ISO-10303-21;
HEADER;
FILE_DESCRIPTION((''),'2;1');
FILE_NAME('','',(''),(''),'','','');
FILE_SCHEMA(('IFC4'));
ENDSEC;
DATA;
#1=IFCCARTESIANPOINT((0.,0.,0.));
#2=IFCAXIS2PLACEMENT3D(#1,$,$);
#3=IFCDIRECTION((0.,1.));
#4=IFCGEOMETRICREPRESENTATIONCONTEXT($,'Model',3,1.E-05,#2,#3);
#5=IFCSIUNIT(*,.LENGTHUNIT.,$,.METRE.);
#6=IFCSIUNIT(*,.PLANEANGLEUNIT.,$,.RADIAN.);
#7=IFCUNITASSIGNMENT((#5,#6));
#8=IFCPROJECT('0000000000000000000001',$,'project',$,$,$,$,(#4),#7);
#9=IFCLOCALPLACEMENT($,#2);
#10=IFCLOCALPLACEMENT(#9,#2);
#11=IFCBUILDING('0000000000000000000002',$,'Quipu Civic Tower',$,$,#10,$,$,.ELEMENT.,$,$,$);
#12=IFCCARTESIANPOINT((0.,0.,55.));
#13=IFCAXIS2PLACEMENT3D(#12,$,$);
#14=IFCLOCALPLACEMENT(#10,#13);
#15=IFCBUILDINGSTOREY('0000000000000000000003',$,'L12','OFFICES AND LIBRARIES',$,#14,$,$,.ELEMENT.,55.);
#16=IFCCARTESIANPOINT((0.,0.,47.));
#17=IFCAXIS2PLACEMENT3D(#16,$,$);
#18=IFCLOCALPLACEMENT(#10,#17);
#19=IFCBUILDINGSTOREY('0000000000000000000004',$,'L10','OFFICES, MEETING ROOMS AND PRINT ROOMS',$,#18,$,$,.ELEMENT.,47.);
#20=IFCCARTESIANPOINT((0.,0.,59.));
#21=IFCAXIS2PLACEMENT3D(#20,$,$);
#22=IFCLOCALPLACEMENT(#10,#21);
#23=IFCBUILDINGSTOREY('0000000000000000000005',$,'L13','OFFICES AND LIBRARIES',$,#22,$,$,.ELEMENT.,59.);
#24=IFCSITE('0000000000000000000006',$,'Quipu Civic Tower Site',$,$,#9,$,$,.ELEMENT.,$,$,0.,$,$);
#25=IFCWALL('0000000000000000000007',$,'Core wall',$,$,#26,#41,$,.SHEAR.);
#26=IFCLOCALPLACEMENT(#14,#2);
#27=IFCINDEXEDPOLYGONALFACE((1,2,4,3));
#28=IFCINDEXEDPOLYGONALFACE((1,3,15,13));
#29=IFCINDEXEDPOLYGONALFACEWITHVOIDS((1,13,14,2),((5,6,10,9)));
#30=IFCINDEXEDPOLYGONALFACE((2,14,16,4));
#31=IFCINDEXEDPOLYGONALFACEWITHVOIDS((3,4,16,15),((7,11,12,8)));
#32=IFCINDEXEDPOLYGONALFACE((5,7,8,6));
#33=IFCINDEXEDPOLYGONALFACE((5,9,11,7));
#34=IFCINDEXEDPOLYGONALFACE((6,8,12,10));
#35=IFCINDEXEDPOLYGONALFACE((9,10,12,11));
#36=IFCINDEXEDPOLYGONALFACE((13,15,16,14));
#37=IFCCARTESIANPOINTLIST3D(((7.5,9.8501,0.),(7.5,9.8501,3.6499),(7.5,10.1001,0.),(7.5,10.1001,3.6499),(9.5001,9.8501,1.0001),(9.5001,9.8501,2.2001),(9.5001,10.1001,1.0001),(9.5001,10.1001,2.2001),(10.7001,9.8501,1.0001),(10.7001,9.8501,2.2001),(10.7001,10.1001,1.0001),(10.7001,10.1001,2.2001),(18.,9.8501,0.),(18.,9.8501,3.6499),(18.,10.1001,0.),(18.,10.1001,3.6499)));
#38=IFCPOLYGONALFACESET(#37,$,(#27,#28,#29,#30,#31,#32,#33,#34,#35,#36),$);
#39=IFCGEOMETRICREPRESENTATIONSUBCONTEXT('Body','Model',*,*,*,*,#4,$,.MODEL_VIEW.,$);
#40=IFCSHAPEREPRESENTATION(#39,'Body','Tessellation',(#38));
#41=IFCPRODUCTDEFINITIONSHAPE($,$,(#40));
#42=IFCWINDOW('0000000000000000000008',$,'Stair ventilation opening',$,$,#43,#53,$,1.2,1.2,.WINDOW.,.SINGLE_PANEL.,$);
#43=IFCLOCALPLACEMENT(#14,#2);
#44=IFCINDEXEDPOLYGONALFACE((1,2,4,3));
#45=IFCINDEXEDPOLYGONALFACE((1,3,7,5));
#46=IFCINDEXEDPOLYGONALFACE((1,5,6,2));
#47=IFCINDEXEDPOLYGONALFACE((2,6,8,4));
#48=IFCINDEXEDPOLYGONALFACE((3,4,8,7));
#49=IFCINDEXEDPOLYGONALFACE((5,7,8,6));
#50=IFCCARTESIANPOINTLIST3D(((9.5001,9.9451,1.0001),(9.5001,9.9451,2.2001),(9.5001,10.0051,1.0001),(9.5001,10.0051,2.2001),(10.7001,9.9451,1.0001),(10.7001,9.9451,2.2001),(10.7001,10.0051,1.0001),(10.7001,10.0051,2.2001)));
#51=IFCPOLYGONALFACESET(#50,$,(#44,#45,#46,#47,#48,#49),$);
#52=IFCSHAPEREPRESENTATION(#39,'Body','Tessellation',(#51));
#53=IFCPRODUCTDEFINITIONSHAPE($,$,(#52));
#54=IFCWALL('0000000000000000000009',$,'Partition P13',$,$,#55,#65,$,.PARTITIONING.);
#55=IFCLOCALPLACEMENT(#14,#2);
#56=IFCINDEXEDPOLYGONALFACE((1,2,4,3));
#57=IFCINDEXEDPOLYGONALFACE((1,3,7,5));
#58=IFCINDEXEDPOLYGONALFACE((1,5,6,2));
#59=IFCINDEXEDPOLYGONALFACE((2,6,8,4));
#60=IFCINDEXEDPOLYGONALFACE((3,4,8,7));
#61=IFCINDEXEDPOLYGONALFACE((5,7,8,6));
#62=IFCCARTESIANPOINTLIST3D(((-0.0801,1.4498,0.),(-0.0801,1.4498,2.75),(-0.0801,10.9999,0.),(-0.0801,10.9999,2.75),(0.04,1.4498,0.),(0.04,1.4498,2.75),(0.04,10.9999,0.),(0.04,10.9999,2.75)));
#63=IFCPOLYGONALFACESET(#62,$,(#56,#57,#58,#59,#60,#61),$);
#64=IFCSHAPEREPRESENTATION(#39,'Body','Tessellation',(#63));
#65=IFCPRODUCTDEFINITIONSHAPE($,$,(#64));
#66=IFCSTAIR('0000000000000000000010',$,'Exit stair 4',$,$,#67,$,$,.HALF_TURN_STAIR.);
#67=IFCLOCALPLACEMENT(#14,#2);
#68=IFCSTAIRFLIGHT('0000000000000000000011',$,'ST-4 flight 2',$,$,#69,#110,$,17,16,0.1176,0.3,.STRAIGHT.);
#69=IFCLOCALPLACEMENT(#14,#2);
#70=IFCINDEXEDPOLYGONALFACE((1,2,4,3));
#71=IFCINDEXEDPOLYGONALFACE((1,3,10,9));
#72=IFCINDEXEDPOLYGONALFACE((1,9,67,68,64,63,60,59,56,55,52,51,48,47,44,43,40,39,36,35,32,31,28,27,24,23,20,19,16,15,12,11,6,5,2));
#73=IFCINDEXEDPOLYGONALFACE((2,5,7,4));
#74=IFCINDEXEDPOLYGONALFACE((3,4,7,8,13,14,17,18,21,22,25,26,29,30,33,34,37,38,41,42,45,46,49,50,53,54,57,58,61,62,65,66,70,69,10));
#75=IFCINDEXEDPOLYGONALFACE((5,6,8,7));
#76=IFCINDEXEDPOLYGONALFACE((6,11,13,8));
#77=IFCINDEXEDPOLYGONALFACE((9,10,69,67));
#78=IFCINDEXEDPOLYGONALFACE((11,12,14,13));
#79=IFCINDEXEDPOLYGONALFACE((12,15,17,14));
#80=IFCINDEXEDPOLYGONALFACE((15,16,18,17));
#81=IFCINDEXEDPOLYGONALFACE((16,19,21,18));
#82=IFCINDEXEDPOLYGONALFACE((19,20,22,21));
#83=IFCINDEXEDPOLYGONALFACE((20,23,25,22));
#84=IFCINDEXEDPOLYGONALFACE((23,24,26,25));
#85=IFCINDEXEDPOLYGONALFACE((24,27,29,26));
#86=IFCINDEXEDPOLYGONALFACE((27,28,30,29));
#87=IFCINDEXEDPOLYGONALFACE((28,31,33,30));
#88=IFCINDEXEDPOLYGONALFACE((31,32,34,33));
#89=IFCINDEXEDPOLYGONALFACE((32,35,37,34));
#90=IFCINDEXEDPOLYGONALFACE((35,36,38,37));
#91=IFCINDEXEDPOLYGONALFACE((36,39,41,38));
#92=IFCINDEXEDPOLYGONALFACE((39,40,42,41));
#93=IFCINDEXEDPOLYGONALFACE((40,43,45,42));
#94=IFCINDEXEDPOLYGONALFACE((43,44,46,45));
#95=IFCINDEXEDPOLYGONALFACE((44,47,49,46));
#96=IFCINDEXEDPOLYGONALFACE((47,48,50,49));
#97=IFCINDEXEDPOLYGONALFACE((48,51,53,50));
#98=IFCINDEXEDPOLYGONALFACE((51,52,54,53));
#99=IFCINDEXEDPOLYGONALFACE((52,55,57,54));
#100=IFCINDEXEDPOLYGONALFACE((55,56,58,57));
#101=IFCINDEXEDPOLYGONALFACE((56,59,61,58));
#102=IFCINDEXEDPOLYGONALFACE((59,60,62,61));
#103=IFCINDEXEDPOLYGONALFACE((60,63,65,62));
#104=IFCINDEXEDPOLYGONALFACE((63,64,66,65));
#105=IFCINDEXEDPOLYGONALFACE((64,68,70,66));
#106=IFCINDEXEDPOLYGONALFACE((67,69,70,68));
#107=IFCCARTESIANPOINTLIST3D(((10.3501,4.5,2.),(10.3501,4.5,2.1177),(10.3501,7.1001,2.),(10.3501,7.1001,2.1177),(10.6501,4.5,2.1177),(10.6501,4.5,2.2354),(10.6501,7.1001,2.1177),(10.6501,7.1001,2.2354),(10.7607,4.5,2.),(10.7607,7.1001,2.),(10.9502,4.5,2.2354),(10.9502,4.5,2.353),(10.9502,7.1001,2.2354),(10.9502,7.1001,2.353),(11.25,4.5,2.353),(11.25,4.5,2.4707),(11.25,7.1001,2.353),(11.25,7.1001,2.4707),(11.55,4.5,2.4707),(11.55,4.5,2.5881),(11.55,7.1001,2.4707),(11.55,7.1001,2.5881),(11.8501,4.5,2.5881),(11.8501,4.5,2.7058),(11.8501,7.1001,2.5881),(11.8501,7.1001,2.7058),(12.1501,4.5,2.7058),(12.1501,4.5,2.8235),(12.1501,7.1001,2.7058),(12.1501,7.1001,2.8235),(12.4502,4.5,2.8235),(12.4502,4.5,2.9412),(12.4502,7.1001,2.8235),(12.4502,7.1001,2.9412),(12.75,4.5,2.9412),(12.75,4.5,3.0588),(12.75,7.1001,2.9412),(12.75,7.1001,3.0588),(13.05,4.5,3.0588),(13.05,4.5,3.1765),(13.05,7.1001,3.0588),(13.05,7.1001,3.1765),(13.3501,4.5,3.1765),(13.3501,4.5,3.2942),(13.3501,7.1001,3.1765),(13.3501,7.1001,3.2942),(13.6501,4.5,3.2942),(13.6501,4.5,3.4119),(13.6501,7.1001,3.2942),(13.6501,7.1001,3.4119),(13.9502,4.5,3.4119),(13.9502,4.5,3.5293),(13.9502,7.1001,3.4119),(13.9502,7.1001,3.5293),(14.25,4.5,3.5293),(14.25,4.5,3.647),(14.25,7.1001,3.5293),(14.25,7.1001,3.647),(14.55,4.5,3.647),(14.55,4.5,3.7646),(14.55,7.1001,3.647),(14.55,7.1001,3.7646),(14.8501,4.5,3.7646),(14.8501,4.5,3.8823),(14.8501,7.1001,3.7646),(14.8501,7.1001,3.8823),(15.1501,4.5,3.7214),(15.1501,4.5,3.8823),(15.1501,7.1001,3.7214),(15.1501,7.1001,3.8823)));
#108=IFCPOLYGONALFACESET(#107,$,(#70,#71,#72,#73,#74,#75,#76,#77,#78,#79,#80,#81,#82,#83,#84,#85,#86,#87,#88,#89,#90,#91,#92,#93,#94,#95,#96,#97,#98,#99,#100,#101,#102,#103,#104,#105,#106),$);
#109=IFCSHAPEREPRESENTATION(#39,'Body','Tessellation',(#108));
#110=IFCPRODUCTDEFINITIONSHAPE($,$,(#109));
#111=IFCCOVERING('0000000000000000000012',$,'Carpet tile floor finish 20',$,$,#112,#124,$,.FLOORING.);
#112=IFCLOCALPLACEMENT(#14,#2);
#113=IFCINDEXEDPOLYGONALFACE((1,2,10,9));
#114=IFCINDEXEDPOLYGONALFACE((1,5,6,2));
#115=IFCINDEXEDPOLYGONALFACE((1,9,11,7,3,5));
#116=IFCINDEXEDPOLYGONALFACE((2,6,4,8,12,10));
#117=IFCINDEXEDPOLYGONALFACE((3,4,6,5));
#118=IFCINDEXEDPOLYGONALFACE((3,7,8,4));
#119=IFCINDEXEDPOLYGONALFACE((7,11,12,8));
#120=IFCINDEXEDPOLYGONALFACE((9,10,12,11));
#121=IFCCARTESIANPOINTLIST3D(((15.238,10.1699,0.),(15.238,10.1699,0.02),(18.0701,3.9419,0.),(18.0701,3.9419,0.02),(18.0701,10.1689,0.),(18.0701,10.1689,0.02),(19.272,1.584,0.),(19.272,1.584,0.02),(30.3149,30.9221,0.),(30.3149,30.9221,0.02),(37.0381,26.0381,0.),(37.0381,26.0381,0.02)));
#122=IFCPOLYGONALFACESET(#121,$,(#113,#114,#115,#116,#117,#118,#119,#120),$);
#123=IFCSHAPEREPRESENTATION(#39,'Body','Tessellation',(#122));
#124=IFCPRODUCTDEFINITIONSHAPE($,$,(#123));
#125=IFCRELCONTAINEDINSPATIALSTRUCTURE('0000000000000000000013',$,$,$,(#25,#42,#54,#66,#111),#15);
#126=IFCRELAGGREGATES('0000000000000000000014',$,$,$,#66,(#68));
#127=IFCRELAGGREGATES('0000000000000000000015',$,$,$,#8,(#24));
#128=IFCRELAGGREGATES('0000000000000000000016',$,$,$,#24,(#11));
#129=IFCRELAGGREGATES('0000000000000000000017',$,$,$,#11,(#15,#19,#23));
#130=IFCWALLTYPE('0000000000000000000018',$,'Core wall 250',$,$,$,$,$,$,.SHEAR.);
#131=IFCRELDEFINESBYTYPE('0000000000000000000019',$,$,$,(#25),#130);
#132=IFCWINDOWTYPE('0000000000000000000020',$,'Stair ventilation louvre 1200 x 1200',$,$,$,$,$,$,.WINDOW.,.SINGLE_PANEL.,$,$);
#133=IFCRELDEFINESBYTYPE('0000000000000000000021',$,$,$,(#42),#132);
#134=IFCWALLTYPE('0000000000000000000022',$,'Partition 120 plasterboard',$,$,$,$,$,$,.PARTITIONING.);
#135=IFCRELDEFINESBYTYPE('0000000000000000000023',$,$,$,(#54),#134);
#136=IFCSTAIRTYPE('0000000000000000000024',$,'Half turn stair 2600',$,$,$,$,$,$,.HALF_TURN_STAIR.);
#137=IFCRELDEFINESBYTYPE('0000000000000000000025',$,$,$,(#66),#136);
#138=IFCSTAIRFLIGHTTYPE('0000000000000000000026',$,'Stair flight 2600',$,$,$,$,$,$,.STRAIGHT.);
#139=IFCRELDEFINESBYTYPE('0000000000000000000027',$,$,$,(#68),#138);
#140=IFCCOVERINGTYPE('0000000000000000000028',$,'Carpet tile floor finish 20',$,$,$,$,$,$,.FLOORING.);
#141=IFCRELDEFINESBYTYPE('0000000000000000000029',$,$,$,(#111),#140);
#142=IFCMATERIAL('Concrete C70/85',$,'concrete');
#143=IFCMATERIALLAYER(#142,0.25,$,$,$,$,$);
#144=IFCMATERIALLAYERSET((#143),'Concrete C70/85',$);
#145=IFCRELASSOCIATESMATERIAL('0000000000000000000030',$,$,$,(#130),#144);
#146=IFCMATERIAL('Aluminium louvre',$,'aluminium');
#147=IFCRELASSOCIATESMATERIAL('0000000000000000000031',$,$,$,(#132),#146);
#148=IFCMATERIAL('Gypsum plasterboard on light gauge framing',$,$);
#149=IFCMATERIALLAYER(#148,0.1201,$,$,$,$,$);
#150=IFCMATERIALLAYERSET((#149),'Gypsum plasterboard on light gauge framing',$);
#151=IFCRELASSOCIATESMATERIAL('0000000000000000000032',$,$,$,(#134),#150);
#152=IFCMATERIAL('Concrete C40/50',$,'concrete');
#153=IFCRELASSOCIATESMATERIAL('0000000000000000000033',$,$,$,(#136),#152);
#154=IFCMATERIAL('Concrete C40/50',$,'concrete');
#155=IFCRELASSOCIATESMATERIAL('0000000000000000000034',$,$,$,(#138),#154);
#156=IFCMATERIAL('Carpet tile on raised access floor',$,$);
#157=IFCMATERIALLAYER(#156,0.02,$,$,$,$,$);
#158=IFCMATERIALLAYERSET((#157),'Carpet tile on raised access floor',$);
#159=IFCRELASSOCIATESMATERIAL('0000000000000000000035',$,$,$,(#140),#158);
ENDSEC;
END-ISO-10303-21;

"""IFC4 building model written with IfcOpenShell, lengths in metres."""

from ifc_helpers import new_model, si_unit, direction, frame, frame_2d, origin, place, context, subcontext, project, spatial, polyline, rectangle, outline, extrude, material, layer, layer_set, type_object, element, fill, aggregate, save


model = new_model("IFC4")

# Units and contexts
model_context = context("Model", 3, precision=1e-05, world=origin(), true_north=direction((0.0, 1.0)))
body_context = subcontext(model_context, "Body", "Model", "MODEL_VIEW")
ifc_project = project(units=[si_unit("LENGTHUNIT", "METRE"), si_unit("PLANEANGLEUNIT", "RADIAN")], contexts=[model_context])

# Site, building, storey
site_placement = place(None, origin())
site = spatial("IfcSite", under=ifc_project, at=site_placement, Name="Quipu Civic Tower Site", CompositionType="ELEMENT", RefElevation=0.0)
building_placement = place(site_placement, origin())
building = spatial("IfcBuilding", under=site, at=building_placement, Name="Quipu Civic Tower", CompositionType="ELEMENT")
storey_1_placement = place(building_placement, frame((0.0, 0.0, 55.0)))
storey_1 = spatial("IfcBuildingStorey", under=building, at=storey_1_placement, Name="L12", Description="OFFICES AND LIBRARIES", CompositionType="ELEMENT", Elevation=55.0)

# Shared definitions
storey_2_placement = place(building_placement, frame((0.0, 0.0, 47.0)))
storey_2 = spatial("IfcBuildingStorey", under=building, at=storey_2_placement, Name="L10", Description="OFFICES, MEETING ROOMS AND PRINT ROOMS", CompositionType="ELEMENT", Elevation=47.0)

# Shared definitions
storey_3_placement = place(building_placement, frame((0.0, 0.0, 59.0)))
storey_3 = spatial("IfcBuildingStorey", under=building, at=storey_3_placement, Name="L13", Description="OFFICES AND LIBRARIES", CompositionType="ELEMENT", Elevation=59.0)

# Shared definitions
ifc_material_1 = material(Name="Concrete C70/85", Category="concrete")
ifc_layer_1 = layer(ifc_material_1, 0.25)
ifc_layer_set_1 = layer_set([ifc_layer_1], Name="Concrete C70/85")
wall_type_1 = type_object("IfcWallType", Name="Core wall 250", PredefinedType="SHEAR", material=ifc_layer_set_1)

# Wall, opening, window
wall_1_placement = place(storey_1_placement, frame((7.5, 9.9751, 0.0), z_axis=(0.0, 0.0, 1.0), x_axis=(1.0, 0.0, 0.0)))
wall_1 = element("IfcWall", 1, at=wall_1_placement, inside=storey_1, type_object=wall_type_1, Name="Core wall", PredefinedType="SHEAR", context=body_context, shape_type="SweptSolid", body=[
    extrude(rectangle(XDim=10.5, YDim=0.25, at=frame_2d((5.25, 0.0))), origin(), (0.0, 0.0, 1.0), 3.6499),
])
opening_1_placement = place(wall_1_placement, frame((2.0, 0.0, 1.0)))
opening_1 = element("IfcOpeningElement", 2, at=opening_1_placement, cuts=wall_1, PredefinedType="OPENING", context=body_context, shape_type="SweptSolid", body=[
    extrude(rectangle(XDim=1.2, YDim=1.2, at=frame_2d((0.6001, 0.6001))), frame((0.0, 0.135, 0.0), z_axis=(0.0, -1.0, 0.0), x_axis=(1.0, 0.0, 0.0)), (0.0, 0.0, 1.0), 0.27),
])
ifc_material_2 = material(Name="Aluminium louvre", Category="aluminium")
window_type = type_object("IfcWindowType", Name="Stair ventilation louvre 1200 x 1200", PartitioningType="SINGLE_PANEL", PredefinedType="WINDOW", material=ifc_material_2)
window_placement = place(opening_1_placement, origin())
window = element("IfcWindow", 3, at=window_placement, inside=storey_1, type_object=window_type, Name="Stair ventilation opening", OverallHeight=1.2, OverallWidth=1.2, PartitioningType="SINGLE_PANEL", PredefinedType="WINDOW", context=body_context, shape_type="SweptSolid", body=[
    extrude(rectangle(XDim=1.2, YDim=1.2, at=frame_2d((0.6001, 0.6001))), frame((0.0, 0.03, 0.0), z_axis=(0.0, -1.0, 0.0), x_axis=(1.0, 0.0, 0.0)), (0.0, 0.0, 1.0), 0.0601),
])
fill(opening_1, window)

# Wall
ifc_material_3 = material(Name="Gypsum plasterboard on light gauge framing")
ifc_layer_2 = layer(ifc_material_3, 0.1201)
ifc_layer_set_2 = layer_set([ifc_layer_2], Name="Gypsum plasterboard on light gauge framing")
wall_type_2 = type_object("IfcWallType", Name="Partition 120 plasterboard", PredefinedType="PARTITIONING", material=ifc_layer_set_2)
wall_2_placement = place(storey_1_placement, frame((-0.02, 1.45, 0.0), z_axis=(0.0, 0.0, 1.0), x_axis=(0.0, 1.0, 0.0)))
element("IfcWall", 4, at=wall_2_placement, inside=storey_1, type_object=wall_type_2, Name="Partition P13", PredefinedType="PARTITIONING", context=body_context, shape_type="SweptSolid", body=[
    extrude(rectangle(XDim=9.55, YDim=0.1201, at=frame_2d((4.7749, 0.0))), origin(), (0.0, 0.0, 1.0), 2.75),
])

# Stair, stair flight
ifc_material_4 = material(Name="Concrete C40/50", Category="concrete")
stair_type = type_object("IfcStairType", Name="Half turn stair 2600", PredefinedType="HALF_TURN_STAIR", material=ifc_material_4)
stair_placement = place(storey_1_placement, origin())
stair = element("IfcStair", 5, at=stair_placement, inside=storey_1, type_object=stair_type, Name="Exit stair 4", PredefinedType="HALF_TURN_STAIR")
ifc_material_5 = material(Name="Concrete C40/50", Category="concrete")
stair_flight_type = type_object("IfcStairFlightType", Name="Stair flight 2600", PredefinedType="STRAIGHT", material=ifc_material_5)
stair_flight_placement = place(storey_1_placement, frame((10.3501, 5.8, 2.0), z_axis=(0.0, 0.0, 1.0), x_axis=(1.0, 0.0, 0.0)))
stair_flight = element("IfcStairFlight", 6, at=stair_flight_placement, type_object=stair_flight_type, Name="ST-4 flight 2", NumberOfRisers=17, NumberOfTreads=16, PredefinedType="STRAIGHT", RiserHeight=0.1176, TreadLength=0.3, context=body_context, shape_type="SweptSolid", body=[
    extrude(outline(polyline([(0.0, 0.0), (0.0, 0.1177), (0.3, 0.1177), (0.3, 0.2354), (0.6001, 0.2354), (0.6001, 0.353), (0.8999, 0.353), (0.8999, 0.4707), (1.2, 0.4707), (1.2, 0.5881), (1.5, 0.5881), (1.5, 0.7058), (1.8, 0.7058), (1.8, 0.8235), (2.1001, 0.8235), (2.1001, 0.9412), (2.3999, 0.9412), (2.3999, 1.0588), (2.7, 1.0588), (2.7, 1.1765), (3.0, 1.1765), (3.0, 1.2942), (3.3, 1.2942), (3.3, 1.4119), (3.6001, 1.4119), (3.6001, 1.5293), (3.8999, 1.5293), (3.8999, 1.647), (4.2, 1.647), (4.2, 1.7646), (4.5, 1.7646), (4.5, 1.8823), (4.8, 1.8823), (4.8, 2.0), (4.8, 1.7214), (0.4106, 0.0), (0.0, 0.0)])), frame((0.0, 1.3, 0.0), z_axis=(0.0, -1.0, 0.0), x_axis=(1.0, 0.0, 0.0)), (0.0, 0.0, 1.0), 2.6001),
])
aggregate(stair, [stair_flight])

# Covering
ifc_material_6 = material(Name="Carpet tile on raised access floor")
ifc_layer_3 = layer(ifc_material_6, 0.02)
ifc_layer_set_3 = layer_set([ifc_layer_3], Name="Carpet tile on raised access floor")
covering_type_1 = type_object("IfcCoveringType", Name="Carpet tile floor finish 20", PredefinedType="FLOORING", material=ifc_layer_set_3)
covering_1_placement = place(storey_1_placement, origin())
element("IfcCovering", 7, at=covering_1_placement, inside=storey_1, type_object=covering_type_1, Name="Carpet tile floor finish 20", PredefinedType="FLOORING", context=body_context, shape_type="SweptSolid", body=[
    extrude(outline(polyline([(15.238, 10.1699), (30.3149, 30.9221), (37.0381, 26.0381), (19.272, 1.584), (18.0701, 3.9419), (18.0701, 10.1689), (15.238, 10.1699)])), origin(), (0.0, 0.0, 1.0), 0.02),
])

save(model, "model.ifc")
